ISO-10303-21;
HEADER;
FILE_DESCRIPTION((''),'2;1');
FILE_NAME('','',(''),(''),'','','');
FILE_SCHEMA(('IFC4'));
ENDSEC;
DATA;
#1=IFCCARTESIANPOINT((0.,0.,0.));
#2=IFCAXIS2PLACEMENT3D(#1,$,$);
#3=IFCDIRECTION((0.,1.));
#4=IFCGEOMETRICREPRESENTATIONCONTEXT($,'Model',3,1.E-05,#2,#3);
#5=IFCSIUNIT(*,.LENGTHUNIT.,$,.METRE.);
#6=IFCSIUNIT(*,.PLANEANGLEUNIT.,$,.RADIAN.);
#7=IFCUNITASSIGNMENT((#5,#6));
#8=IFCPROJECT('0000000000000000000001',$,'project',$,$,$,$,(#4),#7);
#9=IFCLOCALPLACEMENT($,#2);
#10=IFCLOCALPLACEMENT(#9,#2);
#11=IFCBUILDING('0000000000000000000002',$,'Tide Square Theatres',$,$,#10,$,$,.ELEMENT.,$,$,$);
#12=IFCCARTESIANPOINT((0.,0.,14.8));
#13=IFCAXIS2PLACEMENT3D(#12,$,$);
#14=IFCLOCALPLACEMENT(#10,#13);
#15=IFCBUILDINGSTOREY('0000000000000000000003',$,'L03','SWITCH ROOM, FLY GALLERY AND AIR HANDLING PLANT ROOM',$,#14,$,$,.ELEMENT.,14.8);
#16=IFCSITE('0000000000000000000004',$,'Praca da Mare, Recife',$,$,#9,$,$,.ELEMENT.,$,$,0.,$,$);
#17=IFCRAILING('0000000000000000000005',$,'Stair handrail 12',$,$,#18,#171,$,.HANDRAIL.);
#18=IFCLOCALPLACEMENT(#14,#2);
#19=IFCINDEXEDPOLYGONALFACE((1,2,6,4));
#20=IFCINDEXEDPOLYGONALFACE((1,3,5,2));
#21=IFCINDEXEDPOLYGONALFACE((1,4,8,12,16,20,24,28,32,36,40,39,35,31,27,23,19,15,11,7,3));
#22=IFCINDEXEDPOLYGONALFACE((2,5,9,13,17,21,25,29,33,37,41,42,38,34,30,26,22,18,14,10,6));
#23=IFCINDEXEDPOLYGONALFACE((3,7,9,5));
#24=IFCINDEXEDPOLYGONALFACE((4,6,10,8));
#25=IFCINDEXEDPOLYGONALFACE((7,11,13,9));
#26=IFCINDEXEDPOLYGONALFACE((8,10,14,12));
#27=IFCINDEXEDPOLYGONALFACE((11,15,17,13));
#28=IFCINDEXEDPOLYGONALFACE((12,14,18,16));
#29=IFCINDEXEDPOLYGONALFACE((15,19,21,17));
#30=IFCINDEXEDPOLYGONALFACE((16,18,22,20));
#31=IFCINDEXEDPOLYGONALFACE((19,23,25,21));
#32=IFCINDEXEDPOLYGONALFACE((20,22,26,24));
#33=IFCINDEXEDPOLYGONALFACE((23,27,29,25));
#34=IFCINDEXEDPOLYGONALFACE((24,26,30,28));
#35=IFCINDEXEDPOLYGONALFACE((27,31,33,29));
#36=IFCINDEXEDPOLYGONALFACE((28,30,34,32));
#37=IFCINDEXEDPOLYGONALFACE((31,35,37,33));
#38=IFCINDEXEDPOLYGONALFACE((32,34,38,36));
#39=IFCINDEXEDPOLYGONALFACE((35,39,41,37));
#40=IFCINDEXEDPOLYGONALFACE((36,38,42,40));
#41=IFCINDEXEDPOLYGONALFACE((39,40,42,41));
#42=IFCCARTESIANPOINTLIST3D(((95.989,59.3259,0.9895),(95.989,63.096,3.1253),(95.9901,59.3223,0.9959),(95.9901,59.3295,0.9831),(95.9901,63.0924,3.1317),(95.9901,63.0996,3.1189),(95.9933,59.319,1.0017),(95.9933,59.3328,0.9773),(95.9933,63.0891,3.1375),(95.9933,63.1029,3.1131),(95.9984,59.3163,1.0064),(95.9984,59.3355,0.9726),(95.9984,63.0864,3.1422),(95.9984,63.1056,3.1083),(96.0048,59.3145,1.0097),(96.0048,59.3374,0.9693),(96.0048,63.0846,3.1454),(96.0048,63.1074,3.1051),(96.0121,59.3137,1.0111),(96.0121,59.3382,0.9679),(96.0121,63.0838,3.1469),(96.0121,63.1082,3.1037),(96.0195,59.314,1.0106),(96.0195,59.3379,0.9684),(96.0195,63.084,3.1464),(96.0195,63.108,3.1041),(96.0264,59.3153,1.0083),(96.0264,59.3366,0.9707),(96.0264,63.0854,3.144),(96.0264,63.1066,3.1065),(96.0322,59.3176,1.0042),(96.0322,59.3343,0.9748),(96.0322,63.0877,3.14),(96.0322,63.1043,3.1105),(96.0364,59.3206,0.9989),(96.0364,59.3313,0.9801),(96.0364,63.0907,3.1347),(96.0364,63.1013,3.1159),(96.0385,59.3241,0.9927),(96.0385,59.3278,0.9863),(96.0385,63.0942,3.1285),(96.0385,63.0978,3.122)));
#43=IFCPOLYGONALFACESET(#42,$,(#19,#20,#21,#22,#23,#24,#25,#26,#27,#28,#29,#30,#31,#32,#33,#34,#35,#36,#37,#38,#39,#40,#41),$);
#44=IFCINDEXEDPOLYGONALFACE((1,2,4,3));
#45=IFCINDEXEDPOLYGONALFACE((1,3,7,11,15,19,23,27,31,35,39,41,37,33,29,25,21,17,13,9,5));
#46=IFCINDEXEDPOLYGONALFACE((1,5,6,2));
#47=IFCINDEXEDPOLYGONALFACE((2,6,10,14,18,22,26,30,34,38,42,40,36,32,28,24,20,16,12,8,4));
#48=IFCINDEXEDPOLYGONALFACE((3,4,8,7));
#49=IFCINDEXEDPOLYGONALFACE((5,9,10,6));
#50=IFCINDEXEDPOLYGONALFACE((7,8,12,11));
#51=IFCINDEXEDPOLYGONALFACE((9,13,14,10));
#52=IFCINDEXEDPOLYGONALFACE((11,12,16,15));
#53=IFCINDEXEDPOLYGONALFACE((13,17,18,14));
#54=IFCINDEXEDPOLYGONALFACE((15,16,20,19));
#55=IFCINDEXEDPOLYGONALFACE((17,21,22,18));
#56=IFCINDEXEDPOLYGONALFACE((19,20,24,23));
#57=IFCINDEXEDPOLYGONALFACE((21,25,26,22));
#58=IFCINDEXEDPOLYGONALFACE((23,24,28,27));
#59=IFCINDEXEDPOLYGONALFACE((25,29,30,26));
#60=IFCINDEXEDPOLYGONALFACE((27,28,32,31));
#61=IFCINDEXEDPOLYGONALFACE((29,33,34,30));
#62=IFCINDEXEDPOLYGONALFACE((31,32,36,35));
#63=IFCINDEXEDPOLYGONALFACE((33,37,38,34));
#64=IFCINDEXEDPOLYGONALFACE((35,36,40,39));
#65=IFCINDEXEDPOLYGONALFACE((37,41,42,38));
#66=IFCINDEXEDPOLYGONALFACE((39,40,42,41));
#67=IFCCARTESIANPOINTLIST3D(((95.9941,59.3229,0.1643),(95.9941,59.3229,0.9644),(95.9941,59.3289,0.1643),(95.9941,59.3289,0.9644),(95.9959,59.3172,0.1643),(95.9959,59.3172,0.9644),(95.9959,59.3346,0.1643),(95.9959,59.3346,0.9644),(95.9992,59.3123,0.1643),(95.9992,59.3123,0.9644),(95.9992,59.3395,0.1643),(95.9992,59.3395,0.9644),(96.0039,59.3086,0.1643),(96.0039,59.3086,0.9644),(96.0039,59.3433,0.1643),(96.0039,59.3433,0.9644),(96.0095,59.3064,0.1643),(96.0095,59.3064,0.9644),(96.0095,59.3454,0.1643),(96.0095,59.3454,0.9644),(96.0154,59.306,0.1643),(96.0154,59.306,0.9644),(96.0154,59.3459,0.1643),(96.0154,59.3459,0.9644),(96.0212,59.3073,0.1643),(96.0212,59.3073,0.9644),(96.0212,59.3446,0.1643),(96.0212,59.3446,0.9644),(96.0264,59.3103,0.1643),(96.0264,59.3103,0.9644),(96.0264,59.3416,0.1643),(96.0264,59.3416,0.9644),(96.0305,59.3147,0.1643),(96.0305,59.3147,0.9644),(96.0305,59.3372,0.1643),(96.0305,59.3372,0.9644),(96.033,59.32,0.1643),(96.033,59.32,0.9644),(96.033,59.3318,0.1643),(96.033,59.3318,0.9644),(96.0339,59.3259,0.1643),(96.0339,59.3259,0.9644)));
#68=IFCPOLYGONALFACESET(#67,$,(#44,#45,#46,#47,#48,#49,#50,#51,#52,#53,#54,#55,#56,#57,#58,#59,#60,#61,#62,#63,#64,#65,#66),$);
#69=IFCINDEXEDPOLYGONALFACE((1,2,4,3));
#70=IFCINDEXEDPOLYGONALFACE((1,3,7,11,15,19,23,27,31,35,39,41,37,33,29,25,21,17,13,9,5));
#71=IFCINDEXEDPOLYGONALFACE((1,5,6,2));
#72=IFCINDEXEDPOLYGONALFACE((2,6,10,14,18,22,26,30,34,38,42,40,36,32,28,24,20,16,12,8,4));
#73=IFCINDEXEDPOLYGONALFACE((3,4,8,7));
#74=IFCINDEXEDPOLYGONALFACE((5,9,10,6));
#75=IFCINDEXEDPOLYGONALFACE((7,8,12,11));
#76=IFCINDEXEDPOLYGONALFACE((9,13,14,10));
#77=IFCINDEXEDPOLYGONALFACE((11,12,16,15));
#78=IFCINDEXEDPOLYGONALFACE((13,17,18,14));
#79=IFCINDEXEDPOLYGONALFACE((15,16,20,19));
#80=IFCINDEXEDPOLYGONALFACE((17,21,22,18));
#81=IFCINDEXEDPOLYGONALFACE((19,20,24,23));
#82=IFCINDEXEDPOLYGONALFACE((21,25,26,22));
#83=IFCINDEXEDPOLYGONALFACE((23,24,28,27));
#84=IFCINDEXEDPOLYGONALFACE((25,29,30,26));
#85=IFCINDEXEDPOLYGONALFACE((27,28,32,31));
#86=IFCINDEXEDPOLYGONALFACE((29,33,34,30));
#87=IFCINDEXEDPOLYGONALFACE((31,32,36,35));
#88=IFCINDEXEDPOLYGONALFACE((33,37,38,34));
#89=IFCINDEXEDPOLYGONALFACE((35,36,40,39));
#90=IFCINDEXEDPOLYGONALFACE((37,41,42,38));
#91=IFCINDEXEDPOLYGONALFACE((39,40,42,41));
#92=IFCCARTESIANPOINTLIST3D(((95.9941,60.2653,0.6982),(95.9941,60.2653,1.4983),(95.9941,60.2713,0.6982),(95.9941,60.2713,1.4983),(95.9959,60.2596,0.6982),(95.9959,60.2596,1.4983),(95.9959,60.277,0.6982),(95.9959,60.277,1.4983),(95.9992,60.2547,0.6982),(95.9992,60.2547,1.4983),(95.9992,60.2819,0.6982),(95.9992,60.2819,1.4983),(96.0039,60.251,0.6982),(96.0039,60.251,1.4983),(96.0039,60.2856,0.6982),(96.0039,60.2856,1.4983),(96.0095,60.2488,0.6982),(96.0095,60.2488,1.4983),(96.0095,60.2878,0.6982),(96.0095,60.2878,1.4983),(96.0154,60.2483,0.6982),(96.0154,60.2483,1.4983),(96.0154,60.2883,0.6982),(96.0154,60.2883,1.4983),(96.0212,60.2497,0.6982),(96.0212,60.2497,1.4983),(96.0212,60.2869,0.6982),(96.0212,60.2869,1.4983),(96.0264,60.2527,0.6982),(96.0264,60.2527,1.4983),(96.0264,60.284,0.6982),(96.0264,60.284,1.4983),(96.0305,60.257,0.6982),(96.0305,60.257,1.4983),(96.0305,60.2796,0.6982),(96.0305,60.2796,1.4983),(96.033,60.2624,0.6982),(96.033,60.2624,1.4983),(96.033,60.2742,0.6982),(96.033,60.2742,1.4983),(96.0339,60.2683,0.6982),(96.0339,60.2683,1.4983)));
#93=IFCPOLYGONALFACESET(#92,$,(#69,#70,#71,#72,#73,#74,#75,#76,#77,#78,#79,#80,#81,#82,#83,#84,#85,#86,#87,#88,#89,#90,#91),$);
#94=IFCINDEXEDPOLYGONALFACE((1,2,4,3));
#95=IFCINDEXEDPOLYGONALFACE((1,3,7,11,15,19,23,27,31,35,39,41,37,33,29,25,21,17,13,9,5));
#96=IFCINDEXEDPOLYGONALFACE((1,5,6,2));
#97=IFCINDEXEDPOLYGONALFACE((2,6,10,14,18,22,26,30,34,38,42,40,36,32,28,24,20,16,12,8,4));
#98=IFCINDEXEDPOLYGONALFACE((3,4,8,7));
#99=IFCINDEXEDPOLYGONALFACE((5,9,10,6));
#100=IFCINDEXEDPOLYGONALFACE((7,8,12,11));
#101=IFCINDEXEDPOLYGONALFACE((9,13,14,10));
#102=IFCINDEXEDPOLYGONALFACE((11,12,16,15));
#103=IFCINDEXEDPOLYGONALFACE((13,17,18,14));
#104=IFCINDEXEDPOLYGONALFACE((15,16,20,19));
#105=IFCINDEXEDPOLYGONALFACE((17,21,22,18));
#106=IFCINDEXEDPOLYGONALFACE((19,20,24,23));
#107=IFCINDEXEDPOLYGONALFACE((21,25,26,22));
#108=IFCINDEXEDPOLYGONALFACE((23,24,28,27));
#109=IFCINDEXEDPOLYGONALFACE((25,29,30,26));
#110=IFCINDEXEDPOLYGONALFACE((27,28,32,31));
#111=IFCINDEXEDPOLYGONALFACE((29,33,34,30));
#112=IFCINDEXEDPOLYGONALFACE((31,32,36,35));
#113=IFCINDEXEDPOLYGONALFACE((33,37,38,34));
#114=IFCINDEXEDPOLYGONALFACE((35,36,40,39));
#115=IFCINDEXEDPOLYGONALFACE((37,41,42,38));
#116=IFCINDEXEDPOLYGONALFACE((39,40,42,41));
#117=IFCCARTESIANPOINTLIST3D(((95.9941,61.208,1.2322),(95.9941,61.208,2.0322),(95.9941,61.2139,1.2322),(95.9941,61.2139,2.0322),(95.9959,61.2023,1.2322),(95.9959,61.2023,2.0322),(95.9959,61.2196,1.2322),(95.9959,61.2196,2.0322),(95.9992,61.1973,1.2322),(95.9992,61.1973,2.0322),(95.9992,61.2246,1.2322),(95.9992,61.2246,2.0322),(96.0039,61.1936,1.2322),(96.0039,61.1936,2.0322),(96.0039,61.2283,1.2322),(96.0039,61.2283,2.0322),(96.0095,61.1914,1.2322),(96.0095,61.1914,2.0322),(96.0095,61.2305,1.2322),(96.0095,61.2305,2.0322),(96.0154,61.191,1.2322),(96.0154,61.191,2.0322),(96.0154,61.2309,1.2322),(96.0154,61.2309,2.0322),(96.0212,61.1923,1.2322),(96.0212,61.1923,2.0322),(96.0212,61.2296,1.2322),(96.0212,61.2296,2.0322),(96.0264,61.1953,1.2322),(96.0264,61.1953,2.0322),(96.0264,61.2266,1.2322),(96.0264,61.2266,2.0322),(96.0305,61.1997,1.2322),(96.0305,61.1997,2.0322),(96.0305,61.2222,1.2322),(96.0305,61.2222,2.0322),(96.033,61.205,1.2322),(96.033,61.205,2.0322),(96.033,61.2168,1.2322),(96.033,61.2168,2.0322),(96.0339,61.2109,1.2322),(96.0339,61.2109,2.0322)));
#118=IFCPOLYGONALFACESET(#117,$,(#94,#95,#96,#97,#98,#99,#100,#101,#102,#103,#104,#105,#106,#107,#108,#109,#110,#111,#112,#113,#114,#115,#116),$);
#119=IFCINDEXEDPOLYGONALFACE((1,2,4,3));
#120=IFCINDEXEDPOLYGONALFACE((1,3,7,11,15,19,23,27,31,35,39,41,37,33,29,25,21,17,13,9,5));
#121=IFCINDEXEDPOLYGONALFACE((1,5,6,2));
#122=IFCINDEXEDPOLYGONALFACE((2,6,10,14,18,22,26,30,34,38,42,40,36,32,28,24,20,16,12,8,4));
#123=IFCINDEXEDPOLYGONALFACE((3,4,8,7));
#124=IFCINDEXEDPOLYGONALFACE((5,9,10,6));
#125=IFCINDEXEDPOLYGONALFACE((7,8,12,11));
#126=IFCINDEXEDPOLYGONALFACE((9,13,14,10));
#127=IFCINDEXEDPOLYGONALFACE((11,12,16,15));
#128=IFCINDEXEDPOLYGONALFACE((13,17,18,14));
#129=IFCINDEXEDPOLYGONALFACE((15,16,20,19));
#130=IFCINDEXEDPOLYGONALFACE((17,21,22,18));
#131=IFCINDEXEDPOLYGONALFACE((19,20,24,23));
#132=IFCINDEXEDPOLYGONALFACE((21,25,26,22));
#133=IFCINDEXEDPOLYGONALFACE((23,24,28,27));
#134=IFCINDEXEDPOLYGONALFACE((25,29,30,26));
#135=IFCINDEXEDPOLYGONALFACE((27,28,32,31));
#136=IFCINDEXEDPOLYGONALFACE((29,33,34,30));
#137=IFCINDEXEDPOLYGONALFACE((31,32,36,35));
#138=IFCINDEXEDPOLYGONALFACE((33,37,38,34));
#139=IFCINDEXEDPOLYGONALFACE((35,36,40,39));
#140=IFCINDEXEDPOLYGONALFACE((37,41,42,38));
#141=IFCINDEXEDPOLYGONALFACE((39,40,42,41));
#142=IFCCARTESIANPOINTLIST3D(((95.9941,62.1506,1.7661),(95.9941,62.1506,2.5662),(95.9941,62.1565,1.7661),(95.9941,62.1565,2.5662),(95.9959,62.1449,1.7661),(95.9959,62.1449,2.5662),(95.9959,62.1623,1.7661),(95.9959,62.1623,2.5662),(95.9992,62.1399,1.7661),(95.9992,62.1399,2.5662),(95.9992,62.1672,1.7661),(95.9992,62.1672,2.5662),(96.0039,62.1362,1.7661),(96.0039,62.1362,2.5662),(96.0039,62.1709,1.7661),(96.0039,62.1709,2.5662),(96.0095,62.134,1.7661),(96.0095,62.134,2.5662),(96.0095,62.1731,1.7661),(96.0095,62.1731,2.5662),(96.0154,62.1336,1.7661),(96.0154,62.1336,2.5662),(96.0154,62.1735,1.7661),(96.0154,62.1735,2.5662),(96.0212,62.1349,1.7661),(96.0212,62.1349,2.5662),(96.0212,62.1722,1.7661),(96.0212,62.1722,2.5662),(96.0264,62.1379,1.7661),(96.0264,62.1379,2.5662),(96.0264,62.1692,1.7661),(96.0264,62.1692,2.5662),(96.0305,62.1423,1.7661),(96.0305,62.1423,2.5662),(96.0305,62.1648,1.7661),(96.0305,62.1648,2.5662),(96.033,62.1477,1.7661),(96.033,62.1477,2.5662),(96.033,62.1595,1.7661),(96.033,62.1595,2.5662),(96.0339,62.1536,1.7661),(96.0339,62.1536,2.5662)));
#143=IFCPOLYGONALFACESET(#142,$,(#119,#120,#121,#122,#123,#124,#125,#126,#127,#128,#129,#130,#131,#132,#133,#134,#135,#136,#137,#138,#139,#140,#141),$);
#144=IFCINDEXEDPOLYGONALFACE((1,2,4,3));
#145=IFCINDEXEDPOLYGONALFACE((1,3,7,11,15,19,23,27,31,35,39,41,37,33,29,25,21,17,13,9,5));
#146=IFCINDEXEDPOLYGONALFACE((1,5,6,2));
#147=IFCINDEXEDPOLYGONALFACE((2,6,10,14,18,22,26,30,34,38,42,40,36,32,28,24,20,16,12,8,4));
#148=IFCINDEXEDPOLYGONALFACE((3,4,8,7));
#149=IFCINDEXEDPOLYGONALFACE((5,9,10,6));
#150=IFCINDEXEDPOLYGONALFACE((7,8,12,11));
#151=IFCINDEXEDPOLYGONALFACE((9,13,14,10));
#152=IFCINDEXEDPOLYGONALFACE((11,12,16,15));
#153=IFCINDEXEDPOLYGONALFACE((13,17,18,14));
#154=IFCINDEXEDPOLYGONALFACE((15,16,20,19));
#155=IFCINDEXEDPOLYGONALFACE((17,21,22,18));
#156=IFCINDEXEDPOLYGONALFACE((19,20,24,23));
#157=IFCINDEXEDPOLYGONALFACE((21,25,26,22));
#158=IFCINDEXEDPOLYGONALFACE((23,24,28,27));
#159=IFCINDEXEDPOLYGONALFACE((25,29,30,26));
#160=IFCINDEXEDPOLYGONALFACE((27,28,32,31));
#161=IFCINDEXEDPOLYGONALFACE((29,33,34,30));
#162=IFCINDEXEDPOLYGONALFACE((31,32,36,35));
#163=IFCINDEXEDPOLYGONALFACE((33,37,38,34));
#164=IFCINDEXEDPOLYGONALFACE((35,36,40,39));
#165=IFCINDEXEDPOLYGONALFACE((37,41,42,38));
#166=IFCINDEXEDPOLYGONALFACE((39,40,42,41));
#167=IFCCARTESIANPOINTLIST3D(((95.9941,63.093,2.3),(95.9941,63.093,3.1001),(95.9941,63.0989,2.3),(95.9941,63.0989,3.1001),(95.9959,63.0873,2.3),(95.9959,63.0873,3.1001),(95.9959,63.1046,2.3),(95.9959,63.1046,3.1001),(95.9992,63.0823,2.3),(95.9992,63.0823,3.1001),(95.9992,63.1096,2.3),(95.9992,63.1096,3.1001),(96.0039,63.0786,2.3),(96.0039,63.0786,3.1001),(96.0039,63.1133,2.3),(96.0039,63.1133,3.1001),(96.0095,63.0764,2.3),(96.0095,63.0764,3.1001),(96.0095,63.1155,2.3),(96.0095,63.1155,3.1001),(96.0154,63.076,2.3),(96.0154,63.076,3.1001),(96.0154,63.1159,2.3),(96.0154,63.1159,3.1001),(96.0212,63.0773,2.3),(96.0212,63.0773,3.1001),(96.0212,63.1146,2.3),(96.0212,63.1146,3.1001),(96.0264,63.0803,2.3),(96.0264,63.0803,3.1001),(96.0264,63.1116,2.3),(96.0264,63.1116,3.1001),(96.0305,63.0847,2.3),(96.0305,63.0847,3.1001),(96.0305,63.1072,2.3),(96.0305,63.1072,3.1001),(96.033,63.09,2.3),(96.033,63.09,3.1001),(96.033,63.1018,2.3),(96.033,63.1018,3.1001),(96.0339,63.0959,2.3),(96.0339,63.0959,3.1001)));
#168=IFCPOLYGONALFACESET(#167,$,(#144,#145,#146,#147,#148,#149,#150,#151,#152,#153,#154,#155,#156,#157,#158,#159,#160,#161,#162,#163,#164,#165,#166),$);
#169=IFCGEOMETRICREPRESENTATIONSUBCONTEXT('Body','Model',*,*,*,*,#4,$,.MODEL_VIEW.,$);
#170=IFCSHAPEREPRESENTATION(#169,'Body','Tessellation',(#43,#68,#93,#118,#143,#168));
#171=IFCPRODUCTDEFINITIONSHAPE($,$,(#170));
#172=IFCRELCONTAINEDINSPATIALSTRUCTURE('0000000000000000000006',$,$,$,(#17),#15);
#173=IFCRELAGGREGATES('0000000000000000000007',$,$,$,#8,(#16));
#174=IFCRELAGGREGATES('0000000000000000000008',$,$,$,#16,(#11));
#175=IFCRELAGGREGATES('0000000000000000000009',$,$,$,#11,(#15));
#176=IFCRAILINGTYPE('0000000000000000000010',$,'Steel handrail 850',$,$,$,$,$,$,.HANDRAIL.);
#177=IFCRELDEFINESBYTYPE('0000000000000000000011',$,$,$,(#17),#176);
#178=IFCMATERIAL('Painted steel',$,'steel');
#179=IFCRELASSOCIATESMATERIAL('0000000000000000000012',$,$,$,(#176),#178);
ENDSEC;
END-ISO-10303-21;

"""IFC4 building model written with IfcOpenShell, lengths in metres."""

from ifc_helpers import new_model, si_unit, direction, frame, origin, origin_2d, place, context, subcontext, project, spatial, circle, extrude, material, type_object, element, save


model = new_model("IFC4")

# Units and contexts
model_context = context("Model", 3, precision=1e-05, world=origin(), true_north=direction((0.0, 1.0)))
body_context = subcontext(model_context, "Body", "Model", "MODEL_VIEW")
ifc_project = project(units=[si_unit("LENGTHUNIT", "METRE"), si_unit("PLANEANGLEUNIT", "RADIAN")], contexts=[model_context])

# Site, building, storey
site_placement = place(None, origin())
site = spatial("IfcSite", under=ifc_project, at=site_placement, Name="Praca da Mare, Recife", CompositionType="ELEMENT", RefElevation=0.0)
building_placement = place(site_placement, origin())
building = spatial("IfcBuilding", under=site, at=building_placement, Name="Tide Square Theatres", CompositionType="ELEMENT")
storey_placement = place(building_placement, frame((0.0, 0.0, 14.8)))
storey = spatial("IfcBuildingStorey", under=building, at=storey_placement, Name="L03", Description="SWITCH ROOM, FLY GALLERY AND AIR HANDLING PLANT ROOM", CompositionType="ELEMENT", Elevation=14.8)

# Railing
ifc_material_1 = material(Name="Painted steel", Category="steel")
railing_type_1 = type_object("IfcRailingType", Name="Steel handrail 850", PredefinedType="HANDRAIL", material=ifc_material_1)
for number, where, name in (
    (1, (96.0139, 59.3259, 0.1643), "Stair handrail 12"),
):
    element("IfcRailing", number, at=place(storey_placement, frame(where)), inside=storey, type_object=railing_type_1, Name=name, PredefinedType="HANDRAIL", context=body_context, shape_type="SweptSolid", body=[
        extrude(circle(Radius=0.0249, at=origin_2d()), frame((0.0, 0.0, 0.8252), z_axis=(0.0, 0.870082, 0.492907), x_axis=(-1.0, 0.0, 0.0)), (0.0, 0.0, 1.0), 4.333),
        extrude(circle(Radius=0.02, at=origin_2d()), origin(), (0.0, 0.0, 1.0), 0.8),
        extrude(circle(Radius=0.02, at=origin_2d()), frame((0.0, 0.9424, 0.5339)), (0.0, 0.0, 1.0), 0.8),
        extrude(circle(Radius=0.02, at=origin_2d()), frame((0.0, 1.885, 1.0679)), (0.0, 0.0, 1.0), 0.8),
        extrude(circle(Radius=0.02, at=origin_2d()), frame((0.0, 2.8276, 1.6018)), (0.0, 0.0, 1.0), 0.8),
        extrude(circle(Radius=0.02, at=origin_2d()), frame((0.0, 3.77, 2.1357)), (0.0, 0.0, 1.0), 0.8),
    ])

save(model, "model.ifc")
